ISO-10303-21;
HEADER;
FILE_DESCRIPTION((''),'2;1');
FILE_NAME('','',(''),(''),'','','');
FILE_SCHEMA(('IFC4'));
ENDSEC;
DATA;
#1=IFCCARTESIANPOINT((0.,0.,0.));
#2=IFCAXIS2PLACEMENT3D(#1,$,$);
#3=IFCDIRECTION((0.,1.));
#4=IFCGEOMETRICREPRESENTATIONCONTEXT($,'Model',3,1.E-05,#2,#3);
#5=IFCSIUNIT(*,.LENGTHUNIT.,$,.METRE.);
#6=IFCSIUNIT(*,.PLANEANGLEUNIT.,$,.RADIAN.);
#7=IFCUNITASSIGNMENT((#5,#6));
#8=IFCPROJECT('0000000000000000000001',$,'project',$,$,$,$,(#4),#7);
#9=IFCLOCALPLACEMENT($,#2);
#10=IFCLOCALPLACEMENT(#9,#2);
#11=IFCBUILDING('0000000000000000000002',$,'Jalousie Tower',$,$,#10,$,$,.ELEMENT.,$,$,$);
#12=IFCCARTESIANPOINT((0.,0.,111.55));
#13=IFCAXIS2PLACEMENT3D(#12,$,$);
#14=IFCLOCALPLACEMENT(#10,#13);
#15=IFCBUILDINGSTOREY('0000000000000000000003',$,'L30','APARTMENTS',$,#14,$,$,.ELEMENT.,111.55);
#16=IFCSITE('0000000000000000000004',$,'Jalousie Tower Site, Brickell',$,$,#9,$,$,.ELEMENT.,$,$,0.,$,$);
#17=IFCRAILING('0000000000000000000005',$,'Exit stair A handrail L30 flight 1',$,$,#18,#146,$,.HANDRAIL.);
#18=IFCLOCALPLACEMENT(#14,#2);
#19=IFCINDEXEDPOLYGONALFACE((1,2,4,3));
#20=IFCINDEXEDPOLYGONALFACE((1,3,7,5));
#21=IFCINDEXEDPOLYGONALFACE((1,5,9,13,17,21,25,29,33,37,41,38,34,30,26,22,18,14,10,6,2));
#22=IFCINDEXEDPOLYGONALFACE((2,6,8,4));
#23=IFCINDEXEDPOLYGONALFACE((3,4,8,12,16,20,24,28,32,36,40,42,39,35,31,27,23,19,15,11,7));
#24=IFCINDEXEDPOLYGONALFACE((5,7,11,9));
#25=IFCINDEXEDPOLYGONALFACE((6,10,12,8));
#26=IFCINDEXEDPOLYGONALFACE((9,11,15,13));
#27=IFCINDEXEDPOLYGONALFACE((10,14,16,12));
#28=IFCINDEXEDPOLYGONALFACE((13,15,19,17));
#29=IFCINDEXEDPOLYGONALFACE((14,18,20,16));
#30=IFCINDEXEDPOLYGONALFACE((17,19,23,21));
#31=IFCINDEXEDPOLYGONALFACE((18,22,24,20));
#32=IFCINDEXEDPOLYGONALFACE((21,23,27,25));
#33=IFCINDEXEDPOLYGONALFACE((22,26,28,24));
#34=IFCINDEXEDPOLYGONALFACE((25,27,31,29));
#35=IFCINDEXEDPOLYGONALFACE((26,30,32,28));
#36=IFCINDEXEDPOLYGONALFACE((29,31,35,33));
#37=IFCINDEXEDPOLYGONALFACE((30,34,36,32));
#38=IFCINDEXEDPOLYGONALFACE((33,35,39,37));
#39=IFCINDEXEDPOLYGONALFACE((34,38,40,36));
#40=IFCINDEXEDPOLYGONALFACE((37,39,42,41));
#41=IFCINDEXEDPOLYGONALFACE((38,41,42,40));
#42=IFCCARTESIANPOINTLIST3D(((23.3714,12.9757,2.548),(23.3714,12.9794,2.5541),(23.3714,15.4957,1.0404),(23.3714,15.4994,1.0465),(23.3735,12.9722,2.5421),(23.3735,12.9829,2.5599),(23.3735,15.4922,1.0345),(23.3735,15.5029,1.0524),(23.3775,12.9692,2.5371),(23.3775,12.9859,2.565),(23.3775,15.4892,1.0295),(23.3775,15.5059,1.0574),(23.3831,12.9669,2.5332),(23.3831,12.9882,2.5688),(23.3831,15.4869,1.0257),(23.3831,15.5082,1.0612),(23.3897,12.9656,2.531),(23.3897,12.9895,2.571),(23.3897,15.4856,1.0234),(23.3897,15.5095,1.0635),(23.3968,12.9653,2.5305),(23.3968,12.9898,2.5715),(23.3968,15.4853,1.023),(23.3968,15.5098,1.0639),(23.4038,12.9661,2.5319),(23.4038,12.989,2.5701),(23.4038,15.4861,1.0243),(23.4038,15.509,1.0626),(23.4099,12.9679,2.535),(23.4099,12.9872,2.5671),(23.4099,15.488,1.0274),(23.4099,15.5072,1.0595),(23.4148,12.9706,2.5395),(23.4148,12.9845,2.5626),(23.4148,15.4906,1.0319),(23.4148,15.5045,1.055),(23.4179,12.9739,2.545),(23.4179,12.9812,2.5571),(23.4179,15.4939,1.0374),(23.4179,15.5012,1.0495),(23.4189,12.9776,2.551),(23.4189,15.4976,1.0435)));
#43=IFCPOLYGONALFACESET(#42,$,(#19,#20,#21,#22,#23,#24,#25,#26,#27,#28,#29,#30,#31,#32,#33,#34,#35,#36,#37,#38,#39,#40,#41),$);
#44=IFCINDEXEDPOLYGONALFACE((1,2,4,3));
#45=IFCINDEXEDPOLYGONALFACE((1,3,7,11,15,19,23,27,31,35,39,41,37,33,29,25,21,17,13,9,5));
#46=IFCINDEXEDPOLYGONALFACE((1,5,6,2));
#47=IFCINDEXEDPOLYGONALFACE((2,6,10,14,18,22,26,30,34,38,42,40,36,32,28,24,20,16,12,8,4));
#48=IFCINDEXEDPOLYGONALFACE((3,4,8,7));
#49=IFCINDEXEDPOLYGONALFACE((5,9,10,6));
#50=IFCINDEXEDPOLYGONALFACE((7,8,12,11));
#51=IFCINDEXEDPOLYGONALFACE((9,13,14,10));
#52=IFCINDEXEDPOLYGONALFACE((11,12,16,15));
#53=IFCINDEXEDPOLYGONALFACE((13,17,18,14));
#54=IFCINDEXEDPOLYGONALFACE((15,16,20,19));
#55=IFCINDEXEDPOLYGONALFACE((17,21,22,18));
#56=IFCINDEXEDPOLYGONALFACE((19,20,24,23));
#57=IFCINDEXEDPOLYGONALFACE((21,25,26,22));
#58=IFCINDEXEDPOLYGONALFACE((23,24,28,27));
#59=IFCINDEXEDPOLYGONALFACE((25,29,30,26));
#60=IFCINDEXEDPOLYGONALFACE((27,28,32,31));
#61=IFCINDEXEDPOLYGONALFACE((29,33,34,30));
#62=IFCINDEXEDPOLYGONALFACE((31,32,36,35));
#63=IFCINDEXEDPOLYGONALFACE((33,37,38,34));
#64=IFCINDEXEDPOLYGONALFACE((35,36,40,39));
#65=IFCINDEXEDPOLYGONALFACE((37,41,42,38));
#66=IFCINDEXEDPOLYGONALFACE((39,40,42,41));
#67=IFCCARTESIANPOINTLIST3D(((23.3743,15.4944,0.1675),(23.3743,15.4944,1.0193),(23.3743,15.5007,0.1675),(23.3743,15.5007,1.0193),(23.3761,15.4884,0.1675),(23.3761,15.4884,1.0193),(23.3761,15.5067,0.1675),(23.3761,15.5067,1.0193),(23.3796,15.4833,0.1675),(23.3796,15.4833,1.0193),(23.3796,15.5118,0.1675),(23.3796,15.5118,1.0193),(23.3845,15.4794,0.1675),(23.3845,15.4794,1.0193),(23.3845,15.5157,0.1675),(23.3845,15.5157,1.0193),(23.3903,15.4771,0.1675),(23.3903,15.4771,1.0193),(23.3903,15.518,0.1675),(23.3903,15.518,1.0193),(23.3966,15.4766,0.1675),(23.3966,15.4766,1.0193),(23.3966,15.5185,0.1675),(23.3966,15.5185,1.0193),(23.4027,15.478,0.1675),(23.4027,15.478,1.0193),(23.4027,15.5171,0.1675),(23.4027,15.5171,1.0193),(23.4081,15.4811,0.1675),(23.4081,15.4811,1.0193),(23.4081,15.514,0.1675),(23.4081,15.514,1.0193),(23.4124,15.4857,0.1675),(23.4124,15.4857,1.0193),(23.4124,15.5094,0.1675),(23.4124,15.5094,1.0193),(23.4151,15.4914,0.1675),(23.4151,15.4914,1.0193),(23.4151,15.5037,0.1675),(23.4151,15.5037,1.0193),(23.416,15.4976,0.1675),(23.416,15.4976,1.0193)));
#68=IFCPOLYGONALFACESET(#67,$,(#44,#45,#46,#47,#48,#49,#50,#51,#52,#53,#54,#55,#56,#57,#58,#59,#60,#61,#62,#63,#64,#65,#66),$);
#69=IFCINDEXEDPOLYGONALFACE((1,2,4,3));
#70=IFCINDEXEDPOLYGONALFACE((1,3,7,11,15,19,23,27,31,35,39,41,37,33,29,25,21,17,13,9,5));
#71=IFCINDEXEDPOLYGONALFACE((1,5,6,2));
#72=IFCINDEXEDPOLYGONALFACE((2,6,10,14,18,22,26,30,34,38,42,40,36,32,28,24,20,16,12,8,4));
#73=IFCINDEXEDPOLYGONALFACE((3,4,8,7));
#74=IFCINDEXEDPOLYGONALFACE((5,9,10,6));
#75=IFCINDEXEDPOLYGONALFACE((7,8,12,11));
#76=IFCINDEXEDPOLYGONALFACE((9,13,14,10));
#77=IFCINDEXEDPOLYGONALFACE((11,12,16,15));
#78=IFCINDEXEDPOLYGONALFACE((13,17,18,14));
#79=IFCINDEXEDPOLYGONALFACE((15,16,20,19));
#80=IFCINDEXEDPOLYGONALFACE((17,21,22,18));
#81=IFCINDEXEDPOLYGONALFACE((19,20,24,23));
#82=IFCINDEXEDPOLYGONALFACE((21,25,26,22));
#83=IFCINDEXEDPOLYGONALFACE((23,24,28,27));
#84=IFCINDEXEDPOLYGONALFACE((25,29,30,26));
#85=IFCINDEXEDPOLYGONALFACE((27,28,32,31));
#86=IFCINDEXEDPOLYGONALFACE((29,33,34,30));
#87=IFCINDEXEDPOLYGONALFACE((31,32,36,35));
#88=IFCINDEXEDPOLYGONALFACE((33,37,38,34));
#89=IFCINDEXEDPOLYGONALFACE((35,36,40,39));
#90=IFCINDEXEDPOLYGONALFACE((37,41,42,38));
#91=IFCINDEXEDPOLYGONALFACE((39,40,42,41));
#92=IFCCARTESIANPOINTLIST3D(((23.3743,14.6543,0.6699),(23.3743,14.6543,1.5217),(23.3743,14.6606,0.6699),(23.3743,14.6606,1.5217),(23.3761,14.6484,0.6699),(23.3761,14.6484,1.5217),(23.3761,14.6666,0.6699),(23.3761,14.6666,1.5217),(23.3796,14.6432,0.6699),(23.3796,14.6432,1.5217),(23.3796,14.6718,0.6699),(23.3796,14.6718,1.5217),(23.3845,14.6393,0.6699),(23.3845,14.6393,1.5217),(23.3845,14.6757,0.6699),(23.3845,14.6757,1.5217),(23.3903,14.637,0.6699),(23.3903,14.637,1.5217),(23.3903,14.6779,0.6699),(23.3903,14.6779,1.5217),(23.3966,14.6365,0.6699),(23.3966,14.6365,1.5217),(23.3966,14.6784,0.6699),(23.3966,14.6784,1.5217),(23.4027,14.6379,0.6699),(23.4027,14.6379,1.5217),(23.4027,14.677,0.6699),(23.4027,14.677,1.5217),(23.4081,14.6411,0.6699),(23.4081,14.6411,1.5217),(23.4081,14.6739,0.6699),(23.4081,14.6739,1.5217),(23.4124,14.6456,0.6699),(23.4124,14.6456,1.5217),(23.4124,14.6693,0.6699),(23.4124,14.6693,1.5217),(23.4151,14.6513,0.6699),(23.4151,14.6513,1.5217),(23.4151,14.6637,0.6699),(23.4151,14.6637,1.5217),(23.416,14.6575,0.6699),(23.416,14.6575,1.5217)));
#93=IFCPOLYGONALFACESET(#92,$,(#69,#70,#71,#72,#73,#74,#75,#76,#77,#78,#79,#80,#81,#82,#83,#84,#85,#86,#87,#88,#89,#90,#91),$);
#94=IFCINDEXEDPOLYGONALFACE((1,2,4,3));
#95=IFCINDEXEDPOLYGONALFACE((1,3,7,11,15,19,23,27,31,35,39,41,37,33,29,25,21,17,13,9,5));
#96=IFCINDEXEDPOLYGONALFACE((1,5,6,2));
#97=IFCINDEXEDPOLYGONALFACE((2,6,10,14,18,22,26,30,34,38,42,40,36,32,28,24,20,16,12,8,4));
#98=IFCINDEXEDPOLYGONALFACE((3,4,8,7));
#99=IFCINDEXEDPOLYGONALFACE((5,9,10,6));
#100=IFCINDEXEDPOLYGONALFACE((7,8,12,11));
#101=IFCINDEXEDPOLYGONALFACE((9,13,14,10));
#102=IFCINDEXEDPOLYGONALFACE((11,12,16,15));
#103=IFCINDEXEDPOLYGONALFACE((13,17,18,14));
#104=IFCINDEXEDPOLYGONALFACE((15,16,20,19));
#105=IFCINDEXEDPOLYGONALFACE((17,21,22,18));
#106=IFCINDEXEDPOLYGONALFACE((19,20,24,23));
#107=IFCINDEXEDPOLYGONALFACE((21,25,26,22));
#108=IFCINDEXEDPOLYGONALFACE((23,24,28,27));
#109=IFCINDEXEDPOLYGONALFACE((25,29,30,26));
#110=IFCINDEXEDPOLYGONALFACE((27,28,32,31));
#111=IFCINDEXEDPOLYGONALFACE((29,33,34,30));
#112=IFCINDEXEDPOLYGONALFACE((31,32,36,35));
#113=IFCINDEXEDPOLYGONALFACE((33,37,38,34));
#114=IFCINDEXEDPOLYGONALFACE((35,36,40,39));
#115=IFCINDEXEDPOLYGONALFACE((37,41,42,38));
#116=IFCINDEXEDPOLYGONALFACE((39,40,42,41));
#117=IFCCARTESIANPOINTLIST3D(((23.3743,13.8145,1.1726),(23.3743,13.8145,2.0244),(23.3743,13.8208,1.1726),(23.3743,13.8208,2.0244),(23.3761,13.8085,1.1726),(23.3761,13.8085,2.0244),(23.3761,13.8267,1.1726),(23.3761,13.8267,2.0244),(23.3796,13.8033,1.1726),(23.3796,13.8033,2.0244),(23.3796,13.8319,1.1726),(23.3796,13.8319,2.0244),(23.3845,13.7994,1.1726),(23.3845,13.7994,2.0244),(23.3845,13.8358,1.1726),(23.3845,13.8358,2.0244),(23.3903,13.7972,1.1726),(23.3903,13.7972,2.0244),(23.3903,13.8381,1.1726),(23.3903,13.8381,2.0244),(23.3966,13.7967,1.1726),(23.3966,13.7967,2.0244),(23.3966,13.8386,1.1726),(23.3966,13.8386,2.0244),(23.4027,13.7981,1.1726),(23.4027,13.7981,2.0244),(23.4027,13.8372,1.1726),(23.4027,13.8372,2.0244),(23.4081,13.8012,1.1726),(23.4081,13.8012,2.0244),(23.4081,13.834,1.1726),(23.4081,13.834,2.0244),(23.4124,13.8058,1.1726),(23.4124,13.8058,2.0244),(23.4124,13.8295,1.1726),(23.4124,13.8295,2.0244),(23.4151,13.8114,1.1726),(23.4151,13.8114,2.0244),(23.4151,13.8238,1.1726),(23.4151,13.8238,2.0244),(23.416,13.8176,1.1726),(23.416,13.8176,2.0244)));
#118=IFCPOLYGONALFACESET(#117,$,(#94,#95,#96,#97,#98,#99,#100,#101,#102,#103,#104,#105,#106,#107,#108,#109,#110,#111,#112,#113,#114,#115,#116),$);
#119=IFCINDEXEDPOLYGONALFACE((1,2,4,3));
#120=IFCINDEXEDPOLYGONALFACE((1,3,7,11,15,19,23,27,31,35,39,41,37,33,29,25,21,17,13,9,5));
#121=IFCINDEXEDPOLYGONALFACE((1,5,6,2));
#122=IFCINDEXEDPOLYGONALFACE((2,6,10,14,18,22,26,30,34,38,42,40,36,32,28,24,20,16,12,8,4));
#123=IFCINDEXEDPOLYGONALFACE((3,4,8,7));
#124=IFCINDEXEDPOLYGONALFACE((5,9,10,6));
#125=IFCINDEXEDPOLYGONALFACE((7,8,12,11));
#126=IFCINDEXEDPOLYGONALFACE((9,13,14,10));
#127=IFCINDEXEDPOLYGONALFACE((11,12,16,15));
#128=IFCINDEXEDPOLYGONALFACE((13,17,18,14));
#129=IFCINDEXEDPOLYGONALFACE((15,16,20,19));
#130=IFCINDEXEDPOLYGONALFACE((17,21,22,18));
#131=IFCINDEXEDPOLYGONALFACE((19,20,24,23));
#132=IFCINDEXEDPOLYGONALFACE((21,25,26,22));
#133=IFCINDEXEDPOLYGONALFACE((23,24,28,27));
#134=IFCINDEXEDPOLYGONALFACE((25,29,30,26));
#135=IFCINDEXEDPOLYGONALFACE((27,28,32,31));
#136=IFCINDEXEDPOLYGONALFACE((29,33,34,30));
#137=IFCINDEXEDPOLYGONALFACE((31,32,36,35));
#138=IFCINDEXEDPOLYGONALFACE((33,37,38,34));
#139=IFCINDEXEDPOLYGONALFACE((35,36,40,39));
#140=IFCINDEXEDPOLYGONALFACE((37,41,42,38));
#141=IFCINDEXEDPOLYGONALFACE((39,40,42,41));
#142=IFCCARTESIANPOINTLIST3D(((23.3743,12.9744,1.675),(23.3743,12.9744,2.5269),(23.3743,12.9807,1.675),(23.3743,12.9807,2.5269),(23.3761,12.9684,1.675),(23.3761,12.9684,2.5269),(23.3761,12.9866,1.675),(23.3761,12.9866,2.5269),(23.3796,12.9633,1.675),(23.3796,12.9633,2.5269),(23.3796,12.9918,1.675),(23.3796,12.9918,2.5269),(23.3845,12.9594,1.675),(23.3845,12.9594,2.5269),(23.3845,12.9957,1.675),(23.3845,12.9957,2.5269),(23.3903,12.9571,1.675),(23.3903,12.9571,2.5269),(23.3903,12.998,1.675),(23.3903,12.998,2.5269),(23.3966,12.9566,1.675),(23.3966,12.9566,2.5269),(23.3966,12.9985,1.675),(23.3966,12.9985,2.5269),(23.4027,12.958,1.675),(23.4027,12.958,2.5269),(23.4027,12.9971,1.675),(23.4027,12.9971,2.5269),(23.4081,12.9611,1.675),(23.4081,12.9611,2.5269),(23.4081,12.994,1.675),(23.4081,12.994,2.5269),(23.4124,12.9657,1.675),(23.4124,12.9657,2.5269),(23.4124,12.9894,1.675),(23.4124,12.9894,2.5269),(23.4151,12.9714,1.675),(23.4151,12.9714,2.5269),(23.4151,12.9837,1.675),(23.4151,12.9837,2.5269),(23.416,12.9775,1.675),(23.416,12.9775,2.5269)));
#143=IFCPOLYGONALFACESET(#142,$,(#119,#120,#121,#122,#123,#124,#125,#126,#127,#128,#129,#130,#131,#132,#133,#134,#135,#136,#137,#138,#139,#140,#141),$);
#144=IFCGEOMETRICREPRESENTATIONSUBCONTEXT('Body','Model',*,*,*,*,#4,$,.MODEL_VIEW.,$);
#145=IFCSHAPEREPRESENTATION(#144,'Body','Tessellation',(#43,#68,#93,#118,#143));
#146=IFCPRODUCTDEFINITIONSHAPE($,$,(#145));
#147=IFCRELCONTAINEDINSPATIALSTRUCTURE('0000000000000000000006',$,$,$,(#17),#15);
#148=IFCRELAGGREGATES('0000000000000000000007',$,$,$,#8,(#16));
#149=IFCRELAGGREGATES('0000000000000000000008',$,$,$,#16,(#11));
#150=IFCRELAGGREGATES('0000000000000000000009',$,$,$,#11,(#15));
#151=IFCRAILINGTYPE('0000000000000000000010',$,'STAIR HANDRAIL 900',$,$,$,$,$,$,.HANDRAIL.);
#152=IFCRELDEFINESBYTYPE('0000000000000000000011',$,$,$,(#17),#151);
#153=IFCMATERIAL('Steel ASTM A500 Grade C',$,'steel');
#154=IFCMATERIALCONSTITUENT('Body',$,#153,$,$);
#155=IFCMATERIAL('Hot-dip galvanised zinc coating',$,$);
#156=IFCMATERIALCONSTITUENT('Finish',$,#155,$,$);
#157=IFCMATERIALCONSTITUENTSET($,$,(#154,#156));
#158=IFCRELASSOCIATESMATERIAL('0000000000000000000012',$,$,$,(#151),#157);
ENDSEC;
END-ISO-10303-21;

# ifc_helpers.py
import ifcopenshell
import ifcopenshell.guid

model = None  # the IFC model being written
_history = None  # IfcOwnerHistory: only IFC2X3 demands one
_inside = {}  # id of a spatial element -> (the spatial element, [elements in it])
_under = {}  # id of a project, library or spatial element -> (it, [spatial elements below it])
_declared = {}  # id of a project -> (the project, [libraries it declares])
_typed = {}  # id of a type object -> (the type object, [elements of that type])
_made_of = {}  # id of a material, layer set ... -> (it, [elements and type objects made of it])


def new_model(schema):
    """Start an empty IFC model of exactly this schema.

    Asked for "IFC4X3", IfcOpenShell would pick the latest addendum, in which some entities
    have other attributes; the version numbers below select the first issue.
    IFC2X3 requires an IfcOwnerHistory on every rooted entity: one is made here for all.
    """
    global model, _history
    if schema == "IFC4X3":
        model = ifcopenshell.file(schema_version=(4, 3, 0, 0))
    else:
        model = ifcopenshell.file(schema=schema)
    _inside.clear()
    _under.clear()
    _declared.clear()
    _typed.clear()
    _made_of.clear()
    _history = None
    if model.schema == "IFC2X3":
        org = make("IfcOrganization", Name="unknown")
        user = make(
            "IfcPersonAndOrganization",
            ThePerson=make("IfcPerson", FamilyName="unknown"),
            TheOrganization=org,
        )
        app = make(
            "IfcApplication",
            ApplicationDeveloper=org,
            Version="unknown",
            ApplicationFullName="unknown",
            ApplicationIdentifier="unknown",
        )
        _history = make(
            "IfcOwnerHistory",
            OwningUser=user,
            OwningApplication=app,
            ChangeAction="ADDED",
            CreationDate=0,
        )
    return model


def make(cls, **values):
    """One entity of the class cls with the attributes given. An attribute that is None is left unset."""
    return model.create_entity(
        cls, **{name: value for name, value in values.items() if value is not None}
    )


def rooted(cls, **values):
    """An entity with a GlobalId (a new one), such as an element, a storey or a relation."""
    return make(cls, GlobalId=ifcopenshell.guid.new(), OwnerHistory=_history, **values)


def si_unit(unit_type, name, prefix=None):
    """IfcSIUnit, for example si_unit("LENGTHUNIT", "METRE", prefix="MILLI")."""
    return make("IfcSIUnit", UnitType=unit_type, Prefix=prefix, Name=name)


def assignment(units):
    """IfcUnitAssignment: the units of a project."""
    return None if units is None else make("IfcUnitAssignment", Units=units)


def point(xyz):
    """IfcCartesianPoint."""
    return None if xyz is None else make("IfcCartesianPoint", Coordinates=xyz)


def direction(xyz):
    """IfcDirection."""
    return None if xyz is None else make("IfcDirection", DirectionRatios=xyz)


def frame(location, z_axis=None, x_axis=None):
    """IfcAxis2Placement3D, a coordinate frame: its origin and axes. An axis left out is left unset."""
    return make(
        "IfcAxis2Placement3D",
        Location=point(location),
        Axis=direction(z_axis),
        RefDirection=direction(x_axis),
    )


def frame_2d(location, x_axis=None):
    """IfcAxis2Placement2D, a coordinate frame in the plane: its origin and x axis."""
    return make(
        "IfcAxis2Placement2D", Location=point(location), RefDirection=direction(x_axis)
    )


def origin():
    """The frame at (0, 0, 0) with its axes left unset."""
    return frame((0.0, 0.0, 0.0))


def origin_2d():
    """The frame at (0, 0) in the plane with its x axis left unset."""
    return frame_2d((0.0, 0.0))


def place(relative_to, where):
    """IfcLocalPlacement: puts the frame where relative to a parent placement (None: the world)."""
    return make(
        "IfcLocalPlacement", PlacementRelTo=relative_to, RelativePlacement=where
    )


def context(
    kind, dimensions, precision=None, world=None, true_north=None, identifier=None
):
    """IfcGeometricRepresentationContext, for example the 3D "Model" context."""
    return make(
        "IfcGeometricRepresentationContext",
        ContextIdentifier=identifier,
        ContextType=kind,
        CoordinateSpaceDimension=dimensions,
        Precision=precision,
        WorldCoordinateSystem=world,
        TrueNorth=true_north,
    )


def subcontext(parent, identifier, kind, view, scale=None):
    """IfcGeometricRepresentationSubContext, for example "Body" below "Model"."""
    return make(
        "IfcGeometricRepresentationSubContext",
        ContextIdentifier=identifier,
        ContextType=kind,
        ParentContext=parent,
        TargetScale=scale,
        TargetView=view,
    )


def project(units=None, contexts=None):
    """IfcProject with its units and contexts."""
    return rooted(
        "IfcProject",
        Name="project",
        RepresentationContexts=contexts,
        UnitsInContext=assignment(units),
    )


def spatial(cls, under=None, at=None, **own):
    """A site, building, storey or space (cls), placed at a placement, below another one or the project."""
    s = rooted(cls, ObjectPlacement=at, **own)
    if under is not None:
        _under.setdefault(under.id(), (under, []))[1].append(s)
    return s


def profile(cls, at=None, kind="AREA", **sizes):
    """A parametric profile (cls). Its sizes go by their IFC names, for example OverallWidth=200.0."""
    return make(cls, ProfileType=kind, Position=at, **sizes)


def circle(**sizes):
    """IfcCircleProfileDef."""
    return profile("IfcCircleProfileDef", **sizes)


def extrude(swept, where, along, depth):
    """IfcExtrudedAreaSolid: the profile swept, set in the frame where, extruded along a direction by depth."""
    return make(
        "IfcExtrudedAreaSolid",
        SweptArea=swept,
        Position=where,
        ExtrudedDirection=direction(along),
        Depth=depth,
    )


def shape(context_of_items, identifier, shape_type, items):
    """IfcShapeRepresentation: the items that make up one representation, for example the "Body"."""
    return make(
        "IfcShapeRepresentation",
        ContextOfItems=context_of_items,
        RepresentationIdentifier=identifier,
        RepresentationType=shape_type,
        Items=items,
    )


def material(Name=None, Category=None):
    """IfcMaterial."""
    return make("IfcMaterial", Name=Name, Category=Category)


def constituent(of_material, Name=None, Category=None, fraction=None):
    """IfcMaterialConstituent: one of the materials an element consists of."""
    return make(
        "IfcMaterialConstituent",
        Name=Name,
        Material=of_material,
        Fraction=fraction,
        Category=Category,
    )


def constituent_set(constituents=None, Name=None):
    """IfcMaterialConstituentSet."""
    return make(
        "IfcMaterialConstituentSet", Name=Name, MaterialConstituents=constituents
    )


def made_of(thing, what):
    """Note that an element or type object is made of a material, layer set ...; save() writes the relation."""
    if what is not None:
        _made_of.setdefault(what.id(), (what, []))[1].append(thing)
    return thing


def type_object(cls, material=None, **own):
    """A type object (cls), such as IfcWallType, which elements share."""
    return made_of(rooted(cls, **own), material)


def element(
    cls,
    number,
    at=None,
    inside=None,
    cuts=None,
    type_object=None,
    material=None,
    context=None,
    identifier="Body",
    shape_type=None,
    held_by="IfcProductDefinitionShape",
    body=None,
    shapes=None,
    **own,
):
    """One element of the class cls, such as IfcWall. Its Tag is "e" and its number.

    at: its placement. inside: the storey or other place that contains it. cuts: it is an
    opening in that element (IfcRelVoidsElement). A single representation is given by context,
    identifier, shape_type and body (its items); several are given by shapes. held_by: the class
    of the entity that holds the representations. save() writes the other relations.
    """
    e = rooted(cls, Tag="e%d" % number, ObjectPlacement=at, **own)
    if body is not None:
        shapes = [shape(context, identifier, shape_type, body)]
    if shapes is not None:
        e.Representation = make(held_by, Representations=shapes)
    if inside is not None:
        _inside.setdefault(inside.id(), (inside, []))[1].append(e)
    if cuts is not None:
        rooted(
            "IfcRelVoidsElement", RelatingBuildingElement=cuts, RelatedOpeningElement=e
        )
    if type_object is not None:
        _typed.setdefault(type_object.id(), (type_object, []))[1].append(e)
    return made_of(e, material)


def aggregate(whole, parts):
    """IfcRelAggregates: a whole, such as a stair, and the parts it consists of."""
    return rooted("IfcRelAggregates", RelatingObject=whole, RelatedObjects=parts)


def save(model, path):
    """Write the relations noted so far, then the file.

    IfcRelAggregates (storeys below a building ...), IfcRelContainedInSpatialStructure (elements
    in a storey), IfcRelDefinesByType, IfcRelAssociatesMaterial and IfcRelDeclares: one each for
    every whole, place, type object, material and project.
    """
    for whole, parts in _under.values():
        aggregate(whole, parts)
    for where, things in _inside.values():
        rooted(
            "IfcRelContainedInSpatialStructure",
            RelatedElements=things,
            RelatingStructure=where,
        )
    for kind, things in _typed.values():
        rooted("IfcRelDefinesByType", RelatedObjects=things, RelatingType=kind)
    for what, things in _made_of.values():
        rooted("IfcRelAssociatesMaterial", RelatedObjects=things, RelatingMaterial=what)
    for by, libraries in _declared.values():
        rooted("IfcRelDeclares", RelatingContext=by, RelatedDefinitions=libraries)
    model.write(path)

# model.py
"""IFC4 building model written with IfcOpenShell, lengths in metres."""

from ifc_helpers import new_model, si_unit, direction, frame, origin, origin_2d, place, context, subcontext, project, spatial, circle, extrude, material, constituent, constituent_set, type_object, element, save


model = new_model("IFC4")

# Units and contexts
model_context = context("Model", 3, precision=1e-05, world=origin(), true_north=direction((0.0, 1.0)))
body_context = subcontext(model_context, "Body", "Model", "MODEL_VIEW")
ifc_project = project(units=[si_unit("LENGTHUNIT", "METRE"), si_unit("PLANEANGLEUNIT", "RADIAN")], contexts=[model_context])

# Site, building, storey
site_placement = place(None, origin())
site = spatial("IfcSite", under=ifc_project, at=site_placement, Name="Jalousie Tower Site, Brickell", CompositionType="ELEMENT", RefElevation=0.0)
building_placement = place(site_placement, origin())
building = spatial("IfcBuilding", under=site, at=building_placement, Name="Jalousie Tower", CompositionType="ELEMENT")
storey_placement = place(building_placement, frame((0.0, 0.0, 111.55)))
storey = spatial("IfcBuildingStorey", under=building, at=storey_placement, Name="L30", Description="APARTMENTS", CompositionType="ELEMENT", Elevation=111.55)

# Railing
ifc_material_1 = material(Name="Steel ASTM A500 Grade C", Category="steel")
ifc_constituent_1 = constituent(ifc_material_1, Name="Body")
ifc_material_2 = material(Name="Hot-dip galvanised zinc coating")
ifc_constituent_2 = constituent(ifc_material_2, Name="Finish")
ifc_constituent_set_1 = constituent_set(constituents=[ifc_constituent_1, ifc_constituent_2])
railing_type_1 = type_object("IfcRailingType", Name="STAIR HANDRAIL 900", PredefinedType="HANDRAIL", material=ifc_constituent_set_1)
railing_1_placement = place(storey_placement, frame((23.395, 15.4976, 0.1675)))
element("IfcRailing", 1, at=railing_1_placement, inside=storey, type_object=railing_type_1, Name="Exit stair A handrail L30 flight 1", PredefinedType="HANDRAIL", context=body_context, shape_type="SweptSolid", body=[
    extrude(circle(Radius=0.0239, at=origin_2d()), frame((0.0, 0.0, 0.876), z_axis=(0.0, -0.85816, 0.513383), x_axis=(1.0, 0.0, 0.0)), (0.0, 0.0, 1.0), 2.9365),
    extrude(circle(Radius=0.021, at=origin_2d()), origin(), (0.0, 0.0, 1.0), 0.8518),
    extrude(circle(Radius=0.021, at=origin_2d()), frame((0.0, -0.8401, 0.5024)), (0.0, 0.0, 1.0), 0.8518),
    extrude(circle(Radius=0.021, at=origin_2d()), frame((0.0, -1.6799, 1.0051)), (0.0, 0.0, 1.0), 0.8518),
    extrude(circle(Radius=0.021, at=origin_2d()), frame((0.0, -2.52, 1.5076)), (0.0, 0.0, 1.0), 0.8518),
])

save(model, "model.ifc")
